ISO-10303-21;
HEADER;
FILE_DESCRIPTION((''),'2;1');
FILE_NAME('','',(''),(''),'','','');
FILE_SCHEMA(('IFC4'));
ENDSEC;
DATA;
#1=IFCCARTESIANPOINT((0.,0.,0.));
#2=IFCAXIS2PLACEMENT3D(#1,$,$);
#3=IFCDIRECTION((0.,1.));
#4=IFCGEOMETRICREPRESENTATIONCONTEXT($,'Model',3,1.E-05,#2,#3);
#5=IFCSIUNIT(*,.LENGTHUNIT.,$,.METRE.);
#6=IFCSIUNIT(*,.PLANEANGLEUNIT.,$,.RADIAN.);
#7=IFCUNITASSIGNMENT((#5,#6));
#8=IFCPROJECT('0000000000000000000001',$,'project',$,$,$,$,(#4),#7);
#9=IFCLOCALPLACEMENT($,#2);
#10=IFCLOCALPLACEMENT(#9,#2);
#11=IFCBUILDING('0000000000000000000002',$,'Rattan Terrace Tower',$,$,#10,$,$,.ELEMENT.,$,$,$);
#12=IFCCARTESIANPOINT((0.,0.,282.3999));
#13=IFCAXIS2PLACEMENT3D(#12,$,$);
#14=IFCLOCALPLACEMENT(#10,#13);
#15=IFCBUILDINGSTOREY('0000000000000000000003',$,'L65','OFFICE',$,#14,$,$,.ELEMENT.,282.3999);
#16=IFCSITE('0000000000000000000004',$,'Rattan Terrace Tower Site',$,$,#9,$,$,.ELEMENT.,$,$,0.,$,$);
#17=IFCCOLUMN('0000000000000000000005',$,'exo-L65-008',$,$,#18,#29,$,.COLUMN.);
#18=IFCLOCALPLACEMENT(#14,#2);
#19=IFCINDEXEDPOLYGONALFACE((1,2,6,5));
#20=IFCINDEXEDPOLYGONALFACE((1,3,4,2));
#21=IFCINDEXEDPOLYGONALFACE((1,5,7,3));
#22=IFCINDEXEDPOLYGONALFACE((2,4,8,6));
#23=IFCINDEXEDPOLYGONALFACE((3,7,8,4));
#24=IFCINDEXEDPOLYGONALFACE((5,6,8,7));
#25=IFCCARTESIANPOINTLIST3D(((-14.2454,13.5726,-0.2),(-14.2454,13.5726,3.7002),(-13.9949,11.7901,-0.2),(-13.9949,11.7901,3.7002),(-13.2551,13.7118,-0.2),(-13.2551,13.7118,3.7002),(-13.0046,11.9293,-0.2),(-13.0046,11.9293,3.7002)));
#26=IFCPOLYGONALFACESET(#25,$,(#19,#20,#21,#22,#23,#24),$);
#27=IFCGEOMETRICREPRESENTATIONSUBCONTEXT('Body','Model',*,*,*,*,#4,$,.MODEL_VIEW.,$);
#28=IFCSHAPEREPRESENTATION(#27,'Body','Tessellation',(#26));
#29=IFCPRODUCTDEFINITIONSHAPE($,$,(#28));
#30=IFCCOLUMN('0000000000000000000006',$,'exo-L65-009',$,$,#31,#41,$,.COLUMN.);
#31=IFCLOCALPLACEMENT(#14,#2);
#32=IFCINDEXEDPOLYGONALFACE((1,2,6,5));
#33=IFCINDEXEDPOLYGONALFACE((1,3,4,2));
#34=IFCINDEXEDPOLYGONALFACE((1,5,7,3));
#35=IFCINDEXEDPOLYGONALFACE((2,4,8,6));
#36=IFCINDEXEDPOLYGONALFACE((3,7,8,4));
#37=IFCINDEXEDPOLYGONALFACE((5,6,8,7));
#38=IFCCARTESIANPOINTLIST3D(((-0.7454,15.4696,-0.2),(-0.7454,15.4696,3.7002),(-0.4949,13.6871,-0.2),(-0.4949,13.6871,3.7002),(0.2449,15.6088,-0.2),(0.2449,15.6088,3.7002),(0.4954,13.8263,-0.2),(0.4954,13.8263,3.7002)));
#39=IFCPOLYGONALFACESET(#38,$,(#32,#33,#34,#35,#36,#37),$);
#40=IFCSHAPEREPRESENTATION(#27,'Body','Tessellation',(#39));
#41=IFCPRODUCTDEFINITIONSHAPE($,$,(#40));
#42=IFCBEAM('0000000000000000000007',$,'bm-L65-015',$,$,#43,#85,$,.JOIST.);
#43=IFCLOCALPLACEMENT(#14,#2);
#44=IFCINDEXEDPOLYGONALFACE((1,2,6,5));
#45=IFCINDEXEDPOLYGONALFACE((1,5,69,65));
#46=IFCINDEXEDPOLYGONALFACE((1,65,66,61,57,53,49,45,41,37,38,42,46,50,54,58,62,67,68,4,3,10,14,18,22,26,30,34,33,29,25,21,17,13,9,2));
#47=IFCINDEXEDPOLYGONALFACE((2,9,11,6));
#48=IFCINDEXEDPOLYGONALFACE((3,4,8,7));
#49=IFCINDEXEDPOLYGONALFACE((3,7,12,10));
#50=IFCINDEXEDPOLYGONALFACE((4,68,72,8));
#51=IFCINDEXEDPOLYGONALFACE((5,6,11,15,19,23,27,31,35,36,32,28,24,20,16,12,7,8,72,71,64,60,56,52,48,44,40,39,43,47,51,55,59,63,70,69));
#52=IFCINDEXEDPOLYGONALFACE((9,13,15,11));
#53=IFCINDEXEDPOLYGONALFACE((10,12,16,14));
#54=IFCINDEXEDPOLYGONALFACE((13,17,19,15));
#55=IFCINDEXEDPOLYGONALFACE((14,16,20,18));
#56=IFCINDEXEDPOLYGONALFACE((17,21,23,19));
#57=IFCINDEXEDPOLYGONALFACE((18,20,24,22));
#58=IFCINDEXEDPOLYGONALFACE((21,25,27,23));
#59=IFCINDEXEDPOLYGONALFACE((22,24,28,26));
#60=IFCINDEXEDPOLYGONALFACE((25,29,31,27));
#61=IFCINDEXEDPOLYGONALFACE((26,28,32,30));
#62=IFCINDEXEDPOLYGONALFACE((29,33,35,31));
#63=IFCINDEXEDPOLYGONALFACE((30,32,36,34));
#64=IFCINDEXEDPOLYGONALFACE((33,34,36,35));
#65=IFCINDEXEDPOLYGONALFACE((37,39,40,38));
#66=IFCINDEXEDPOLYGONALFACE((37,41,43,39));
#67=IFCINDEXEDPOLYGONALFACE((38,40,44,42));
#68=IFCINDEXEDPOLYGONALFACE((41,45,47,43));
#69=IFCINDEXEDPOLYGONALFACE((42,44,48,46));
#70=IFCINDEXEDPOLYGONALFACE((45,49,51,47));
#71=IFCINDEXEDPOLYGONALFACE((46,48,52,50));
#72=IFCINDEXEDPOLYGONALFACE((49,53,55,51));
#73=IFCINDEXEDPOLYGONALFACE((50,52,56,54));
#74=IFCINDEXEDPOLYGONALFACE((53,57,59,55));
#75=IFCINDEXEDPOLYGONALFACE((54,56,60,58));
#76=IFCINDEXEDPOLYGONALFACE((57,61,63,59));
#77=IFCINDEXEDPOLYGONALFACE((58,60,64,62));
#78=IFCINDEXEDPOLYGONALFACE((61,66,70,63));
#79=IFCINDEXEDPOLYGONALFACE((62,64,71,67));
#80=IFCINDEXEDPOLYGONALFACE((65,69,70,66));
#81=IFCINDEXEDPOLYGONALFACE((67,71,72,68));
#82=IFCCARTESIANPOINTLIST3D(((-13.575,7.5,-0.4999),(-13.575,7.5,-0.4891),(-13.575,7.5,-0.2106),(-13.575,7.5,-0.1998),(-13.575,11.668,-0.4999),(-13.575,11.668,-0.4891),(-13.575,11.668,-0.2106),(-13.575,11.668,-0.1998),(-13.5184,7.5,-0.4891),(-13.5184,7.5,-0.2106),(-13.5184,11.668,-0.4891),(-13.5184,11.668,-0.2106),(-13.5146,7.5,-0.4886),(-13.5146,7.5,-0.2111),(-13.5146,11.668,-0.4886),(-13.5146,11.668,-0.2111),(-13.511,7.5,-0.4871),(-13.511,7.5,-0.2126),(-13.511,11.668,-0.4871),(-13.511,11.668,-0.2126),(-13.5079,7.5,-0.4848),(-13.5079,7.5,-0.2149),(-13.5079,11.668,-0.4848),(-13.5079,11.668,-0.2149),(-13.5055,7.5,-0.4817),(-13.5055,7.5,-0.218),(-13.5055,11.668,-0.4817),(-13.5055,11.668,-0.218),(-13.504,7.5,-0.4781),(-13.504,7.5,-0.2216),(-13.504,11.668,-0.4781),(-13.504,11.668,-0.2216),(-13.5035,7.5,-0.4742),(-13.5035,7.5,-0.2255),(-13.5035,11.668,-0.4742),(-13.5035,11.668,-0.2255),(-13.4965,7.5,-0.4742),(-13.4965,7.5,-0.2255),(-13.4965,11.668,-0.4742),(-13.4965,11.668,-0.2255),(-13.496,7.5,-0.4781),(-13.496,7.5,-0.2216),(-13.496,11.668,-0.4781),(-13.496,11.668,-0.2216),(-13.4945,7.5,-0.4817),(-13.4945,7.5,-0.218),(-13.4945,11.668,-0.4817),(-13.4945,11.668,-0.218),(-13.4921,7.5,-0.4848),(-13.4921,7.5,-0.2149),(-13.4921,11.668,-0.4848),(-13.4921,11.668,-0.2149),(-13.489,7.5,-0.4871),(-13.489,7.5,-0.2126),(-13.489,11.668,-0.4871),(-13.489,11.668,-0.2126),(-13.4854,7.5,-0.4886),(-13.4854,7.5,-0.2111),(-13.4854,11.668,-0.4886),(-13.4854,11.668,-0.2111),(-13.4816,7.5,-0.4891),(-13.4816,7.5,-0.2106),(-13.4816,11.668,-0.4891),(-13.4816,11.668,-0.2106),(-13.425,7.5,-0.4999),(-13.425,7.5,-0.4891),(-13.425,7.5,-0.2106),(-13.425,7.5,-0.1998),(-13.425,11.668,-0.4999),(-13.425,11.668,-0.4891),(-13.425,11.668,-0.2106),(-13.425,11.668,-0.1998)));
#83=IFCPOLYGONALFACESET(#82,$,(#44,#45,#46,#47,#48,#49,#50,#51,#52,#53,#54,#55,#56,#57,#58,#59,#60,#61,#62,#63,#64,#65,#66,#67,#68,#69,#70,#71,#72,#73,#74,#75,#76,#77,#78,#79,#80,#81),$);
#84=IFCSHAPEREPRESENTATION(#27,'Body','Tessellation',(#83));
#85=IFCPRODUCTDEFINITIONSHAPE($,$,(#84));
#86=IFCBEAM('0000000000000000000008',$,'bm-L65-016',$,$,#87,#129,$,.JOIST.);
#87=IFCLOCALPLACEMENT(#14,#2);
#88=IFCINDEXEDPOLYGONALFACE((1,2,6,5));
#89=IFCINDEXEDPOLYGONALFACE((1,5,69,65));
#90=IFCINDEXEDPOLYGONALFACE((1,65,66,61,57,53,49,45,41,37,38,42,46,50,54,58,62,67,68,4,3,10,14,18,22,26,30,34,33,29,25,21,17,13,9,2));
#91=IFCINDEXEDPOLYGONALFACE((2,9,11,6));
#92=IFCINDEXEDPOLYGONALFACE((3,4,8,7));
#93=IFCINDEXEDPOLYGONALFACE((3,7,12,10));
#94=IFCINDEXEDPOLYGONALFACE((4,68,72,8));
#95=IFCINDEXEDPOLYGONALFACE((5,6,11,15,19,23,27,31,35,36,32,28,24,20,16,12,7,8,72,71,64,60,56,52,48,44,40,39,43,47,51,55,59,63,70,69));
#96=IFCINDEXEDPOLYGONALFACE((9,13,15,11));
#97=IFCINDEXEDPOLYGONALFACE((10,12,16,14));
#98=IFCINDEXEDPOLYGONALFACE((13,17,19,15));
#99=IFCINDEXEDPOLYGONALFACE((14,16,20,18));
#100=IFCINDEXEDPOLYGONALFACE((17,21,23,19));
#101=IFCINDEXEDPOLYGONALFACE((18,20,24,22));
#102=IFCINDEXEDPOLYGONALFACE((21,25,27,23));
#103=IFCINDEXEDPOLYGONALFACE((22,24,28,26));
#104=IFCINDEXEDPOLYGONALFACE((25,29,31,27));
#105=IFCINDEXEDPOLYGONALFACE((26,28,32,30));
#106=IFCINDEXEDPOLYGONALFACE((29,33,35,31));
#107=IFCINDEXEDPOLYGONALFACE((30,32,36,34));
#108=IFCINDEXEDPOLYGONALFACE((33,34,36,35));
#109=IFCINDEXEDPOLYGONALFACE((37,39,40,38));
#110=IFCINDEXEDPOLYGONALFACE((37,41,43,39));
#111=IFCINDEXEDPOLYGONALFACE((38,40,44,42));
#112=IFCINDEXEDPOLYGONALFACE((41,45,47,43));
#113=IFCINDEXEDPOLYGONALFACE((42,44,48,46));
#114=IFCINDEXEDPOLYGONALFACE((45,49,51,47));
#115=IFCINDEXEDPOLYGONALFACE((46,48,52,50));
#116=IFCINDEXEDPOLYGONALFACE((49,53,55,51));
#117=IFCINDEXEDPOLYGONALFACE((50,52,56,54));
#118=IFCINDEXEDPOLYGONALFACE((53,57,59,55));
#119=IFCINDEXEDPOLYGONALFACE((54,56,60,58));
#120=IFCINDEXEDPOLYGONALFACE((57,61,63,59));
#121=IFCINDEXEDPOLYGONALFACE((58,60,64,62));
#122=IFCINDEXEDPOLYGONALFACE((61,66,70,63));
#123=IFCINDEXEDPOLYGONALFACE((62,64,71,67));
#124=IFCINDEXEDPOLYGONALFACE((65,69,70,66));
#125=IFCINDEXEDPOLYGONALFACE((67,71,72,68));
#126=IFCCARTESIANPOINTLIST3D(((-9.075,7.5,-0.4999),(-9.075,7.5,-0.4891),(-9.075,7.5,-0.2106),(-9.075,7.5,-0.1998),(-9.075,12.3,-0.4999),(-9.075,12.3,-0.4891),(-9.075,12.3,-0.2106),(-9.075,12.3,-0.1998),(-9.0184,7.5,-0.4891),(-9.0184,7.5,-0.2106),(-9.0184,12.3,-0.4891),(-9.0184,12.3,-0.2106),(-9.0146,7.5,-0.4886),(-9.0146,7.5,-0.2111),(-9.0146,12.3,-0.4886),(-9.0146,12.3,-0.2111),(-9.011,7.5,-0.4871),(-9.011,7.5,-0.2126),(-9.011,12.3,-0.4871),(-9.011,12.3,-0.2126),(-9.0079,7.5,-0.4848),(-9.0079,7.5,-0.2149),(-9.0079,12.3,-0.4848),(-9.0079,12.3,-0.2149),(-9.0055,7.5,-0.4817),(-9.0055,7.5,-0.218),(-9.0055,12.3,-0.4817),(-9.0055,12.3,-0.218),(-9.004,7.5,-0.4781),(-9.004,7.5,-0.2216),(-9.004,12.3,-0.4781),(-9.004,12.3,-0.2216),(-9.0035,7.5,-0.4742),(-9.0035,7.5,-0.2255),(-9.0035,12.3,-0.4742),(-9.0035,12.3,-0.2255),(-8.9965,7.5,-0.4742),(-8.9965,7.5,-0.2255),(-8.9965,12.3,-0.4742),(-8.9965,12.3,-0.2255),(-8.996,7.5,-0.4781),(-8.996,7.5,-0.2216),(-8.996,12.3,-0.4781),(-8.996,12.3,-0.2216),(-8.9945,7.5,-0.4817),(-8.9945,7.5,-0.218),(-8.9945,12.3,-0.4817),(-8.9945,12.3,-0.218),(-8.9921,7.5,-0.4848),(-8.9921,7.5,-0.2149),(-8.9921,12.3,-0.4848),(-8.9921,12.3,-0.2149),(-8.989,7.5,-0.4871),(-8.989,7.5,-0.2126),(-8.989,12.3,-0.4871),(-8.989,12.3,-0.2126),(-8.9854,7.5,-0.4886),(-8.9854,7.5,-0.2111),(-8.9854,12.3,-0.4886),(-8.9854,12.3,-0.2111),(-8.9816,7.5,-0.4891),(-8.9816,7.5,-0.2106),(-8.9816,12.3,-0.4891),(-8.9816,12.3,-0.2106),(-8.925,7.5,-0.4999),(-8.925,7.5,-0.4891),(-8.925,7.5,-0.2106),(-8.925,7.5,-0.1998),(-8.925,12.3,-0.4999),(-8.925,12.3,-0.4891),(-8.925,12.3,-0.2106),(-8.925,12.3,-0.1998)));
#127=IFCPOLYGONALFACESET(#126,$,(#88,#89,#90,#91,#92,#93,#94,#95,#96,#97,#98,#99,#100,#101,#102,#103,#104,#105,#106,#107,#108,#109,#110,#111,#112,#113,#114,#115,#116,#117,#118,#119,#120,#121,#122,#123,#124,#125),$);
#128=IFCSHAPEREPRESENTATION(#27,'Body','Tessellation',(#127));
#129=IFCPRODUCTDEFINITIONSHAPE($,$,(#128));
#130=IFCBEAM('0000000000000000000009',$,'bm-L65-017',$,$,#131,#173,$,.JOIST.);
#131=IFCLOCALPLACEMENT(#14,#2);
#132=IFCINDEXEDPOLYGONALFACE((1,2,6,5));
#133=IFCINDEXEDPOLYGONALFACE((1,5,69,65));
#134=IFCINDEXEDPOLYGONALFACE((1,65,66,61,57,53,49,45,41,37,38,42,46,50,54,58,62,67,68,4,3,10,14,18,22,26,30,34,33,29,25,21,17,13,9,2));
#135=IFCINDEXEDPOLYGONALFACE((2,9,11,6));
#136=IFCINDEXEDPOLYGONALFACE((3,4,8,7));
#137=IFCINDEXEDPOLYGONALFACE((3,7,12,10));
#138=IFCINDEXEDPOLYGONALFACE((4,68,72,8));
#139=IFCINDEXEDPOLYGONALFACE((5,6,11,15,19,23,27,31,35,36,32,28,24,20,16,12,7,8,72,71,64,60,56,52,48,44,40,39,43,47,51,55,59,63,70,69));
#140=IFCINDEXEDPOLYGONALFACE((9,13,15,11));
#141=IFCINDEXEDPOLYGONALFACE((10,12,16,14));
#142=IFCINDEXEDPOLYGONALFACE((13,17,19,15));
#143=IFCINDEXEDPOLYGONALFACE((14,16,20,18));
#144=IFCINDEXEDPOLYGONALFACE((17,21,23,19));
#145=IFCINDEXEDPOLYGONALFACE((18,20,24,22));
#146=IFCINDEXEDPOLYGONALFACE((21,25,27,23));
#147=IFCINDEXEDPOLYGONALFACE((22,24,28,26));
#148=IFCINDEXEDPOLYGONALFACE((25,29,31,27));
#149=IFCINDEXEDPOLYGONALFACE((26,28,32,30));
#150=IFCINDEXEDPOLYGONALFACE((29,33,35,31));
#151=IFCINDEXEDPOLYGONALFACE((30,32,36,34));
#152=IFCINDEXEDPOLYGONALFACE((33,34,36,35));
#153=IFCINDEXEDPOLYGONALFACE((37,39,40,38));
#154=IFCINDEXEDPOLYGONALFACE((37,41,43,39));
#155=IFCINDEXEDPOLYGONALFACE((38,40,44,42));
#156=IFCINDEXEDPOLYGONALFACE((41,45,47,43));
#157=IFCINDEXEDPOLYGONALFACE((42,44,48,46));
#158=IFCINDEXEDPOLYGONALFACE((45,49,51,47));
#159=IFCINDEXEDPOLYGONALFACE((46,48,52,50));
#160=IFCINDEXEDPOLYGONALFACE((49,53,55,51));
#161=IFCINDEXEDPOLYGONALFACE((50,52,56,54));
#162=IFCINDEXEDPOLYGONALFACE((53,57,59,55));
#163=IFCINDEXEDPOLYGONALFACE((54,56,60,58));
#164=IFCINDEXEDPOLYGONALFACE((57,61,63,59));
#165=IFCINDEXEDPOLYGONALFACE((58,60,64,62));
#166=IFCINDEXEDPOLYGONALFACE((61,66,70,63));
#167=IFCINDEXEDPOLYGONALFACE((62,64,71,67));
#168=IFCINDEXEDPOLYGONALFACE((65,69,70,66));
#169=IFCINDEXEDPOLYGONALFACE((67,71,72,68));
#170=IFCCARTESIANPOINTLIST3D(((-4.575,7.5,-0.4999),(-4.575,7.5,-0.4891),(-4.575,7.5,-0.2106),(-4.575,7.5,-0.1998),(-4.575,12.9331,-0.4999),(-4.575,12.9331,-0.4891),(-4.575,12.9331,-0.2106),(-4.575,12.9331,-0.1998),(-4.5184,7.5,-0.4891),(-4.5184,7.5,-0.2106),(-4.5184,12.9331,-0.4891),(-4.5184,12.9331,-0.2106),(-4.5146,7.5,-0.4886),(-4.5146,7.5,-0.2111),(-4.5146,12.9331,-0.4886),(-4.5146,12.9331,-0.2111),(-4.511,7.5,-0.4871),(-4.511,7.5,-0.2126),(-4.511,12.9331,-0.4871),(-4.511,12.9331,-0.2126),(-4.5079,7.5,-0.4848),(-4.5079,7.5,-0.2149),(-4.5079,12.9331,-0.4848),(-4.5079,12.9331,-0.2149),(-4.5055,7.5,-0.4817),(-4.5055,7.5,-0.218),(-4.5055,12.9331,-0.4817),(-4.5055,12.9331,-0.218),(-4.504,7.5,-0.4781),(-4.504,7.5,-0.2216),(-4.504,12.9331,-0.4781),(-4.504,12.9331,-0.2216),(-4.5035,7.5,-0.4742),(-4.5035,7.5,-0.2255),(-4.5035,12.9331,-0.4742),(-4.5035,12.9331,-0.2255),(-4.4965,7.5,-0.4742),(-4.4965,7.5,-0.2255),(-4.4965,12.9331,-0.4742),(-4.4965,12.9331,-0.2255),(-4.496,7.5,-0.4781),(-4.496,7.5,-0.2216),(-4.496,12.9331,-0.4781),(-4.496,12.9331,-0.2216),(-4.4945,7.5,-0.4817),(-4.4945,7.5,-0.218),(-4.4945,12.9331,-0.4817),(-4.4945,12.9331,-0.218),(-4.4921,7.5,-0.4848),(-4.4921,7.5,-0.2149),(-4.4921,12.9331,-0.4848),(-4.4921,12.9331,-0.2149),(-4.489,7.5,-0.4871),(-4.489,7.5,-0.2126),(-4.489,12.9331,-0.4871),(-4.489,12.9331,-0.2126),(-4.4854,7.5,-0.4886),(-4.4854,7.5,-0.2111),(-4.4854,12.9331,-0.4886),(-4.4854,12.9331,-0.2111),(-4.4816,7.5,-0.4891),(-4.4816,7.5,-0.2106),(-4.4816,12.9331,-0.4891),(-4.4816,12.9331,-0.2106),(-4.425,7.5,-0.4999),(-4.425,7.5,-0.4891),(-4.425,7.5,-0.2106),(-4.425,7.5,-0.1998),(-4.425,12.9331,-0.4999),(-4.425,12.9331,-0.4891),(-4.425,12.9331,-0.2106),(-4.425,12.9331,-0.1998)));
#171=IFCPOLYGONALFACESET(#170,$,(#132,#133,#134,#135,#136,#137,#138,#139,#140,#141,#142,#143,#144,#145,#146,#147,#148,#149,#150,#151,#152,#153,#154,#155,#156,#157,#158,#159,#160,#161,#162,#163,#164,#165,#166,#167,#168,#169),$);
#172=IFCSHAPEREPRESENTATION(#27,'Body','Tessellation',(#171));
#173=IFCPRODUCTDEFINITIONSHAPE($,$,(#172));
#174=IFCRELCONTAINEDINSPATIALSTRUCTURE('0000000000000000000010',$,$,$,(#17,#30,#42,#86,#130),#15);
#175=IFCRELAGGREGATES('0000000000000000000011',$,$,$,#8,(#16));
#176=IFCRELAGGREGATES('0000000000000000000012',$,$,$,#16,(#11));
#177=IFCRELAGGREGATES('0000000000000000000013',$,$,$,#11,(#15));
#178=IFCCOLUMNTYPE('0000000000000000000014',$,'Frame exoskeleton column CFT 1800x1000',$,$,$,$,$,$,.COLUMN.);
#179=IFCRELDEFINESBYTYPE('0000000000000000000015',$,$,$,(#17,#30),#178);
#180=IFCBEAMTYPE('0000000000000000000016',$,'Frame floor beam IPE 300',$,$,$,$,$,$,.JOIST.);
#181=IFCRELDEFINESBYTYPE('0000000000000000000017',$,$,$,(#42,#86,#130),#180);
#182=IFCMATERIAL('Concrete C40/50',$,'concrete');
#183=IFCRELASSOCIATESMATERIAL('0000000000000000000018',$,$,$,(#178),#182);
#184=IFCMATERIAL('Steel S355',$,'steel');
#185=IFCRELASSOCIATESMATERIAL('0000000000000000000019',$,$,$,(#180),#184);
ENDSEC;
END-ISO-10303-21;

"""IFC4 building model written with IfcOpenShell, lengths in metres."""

from ifc_helpers import new_model, si_unit, direction, frame, origin, origin_2d, place, context, subcontext, project, spatial, rectangle, i_section, extrude, material, material_profile, profile_set, type_object, element, save


model = new_model("IFC4")

# Units and contexts
model_context = context("Model", 3, precision=1e-05, world=origin(), true_north=direction((0.0, 1.0)))
body_context = subcontext(model_context, "Body", "Model", "MODEL_VIEW")
ifc_project = project(units=[si_unit("LENGTHUNIT", "METRE"), si_unit("PLANEANGLEUNIT", "RADIAN")], contexts=[model_context])

# Site, building, storey
site_placement = place(None, origin())
site = spatial("IfcSite", under=ifc_project, at=site_placement, Name="Rattan Terrace Tower Site", CompositionType="ELEMENT", RefElevation=0.0)
building_placement = place(site_placement, origin())
building = spatial("IfcBuilding", under=site, at=building_placement, Name="Rattan Terrace Tower", CompositionType="ELEMENT")
storey_placement = place(building_placement, frame((0.0, 0.0, 282.3999)))
storey = spatial("IfcBuildingStorey", under=building, at=storey_placement, Name="L65", Description="OFFICE", CompositionType="ELEMENT", Elevation=282.3999)

# Columns
ifc_material_1 = material(Name="Concrete C40/50", Category="concrete")
ifc_material_profile_1 = material_profile(ifc_material_1, rectangle(XDim=1.0, YDim=1.8, at=origin_2d()), Name="CFT 1800x1000")
ifc_profile_set_1 = profile_set([ifc_material_profile_1], Name="Concrete C40/50")
column_type = type_object("IfcColumnType", Name="Frame exoskeleton column CFT 1800x1000", PredefinedType="COLUMN", material=ifc_profile_set_1)
for number, where, z_axis, x_axis, name in (
    (1, (-13.625, 12.751, -0.2), (0.0, 0.0, 1.0), (0.990266, 0.13919, 0.0), "exo-L65-008"),
    (2, (-0.125, 14.6479, -0.2), (0.0, 0.0, 1.0), (0.990266, 0.13919, 0.0), "exo-L65-009"),
):
    element("IfcColumn", number, at=place(storey_placement, frame(where, z_axis=z_axis, x_axis=x_axis)), inside=storey, type_object=column_type, Name=name, PredefinedType="COLUMN", context=body_context, shape_type="SweptSolid", body=[
        extrude(rectangle(XDim=1.0, YDim=1.8, at=origin_2d()), origin(), (0.0, 0.0, 1.0), 3.9001),
    ])

# Beams
ifc_material_2 = material(Name="Steel S355", Category="steel")
ifc_material_profile_2 = material_profile(ifc_material_2, i_section(OverallWidth=0.1499, OverallDepth=0.3, WebThickness=0.0071, FlangeThickness=0.0107, FilletRadius=0.0149, at=origin_2d()), Name="IPE 300")
ifc_profile_set_2 = profile_set([ifc_material_profile_2], Name="Steel S355")
beam_type_1 = type_object("IfcBeamType", Name="Frame floor beam IPE 300", PredefinedType="JOIST", material=ifc_profile_set_2)
beam_1_placement = place(storey_placement, frame((-13.5, 7.5, -0.3499), z_axis=(0.0, 1.0, 0.0), x_axis=(-1.0, 0.0, 0.0)))
element("IfcBeam", 3, at=beam_1_placement, inside=storey, type_object=beam_type_1, Name="bm-L65-015", PredefinedType="JOIST", context=body_context, shape_type="SweptSolid", body=[
    extrude(i_section(OverallWidth=0.1499, OverallDepth=0.3, WebThickness=0.0071, FlangeThickness=0.0107, FilletRadius=0.0149, at=origin_2d()), origin(), (0.0, 0.0, 1.0), 4.168),
])
beam_2_placement = place(storey_placement, frame((-9.0, 7.5, -0.3499), z_axis=(0.0, 1.0, 0.0), x_axis=(-1.0, 0.0, 0.0)))
element("IfcBeam", 4, at=beam_2_placement, inside=storey, type_object=beam_type_1, Name="bm-L65-016", PredefinedType="JOIST", context=body_context, shape_type="SweptSolid", body=[
    extrude(i_section(OverallWidth=0.1499, OverallDepth=0.3, WebThickness=0.0071, FlangeThickness=0.0107, FilletRadius=0.0149, at=origin_2d()), origin(), (0.0, 0.0, 1.0), 4.8),
])
beam_3_placement = place(storey_placement, frame((-4.5, 7.5, -0.3499), z_axis=(0.0, 1.0, 0.0), x_axis=(-1.0, 0.0, 0.0)))
element("IfcBeam", 5, at=beam_3_placement, inside=storey, type_object=beam_type_1, Name="bm-L65-017", PredefinedType="JOIST", context=body_context, shape_type="SweptSolid", body=[
    extrude(i_section(OverallWidth=0.1499, OverallDepth=0.3, WebThickness=0.0071, FlangeThickness=0.0107, FilletRadius=0.0149, at=origin_2d()), origin(), (0.0, 0.0, 1.0), 5.4331),
])

save(model, "model.ifc")
